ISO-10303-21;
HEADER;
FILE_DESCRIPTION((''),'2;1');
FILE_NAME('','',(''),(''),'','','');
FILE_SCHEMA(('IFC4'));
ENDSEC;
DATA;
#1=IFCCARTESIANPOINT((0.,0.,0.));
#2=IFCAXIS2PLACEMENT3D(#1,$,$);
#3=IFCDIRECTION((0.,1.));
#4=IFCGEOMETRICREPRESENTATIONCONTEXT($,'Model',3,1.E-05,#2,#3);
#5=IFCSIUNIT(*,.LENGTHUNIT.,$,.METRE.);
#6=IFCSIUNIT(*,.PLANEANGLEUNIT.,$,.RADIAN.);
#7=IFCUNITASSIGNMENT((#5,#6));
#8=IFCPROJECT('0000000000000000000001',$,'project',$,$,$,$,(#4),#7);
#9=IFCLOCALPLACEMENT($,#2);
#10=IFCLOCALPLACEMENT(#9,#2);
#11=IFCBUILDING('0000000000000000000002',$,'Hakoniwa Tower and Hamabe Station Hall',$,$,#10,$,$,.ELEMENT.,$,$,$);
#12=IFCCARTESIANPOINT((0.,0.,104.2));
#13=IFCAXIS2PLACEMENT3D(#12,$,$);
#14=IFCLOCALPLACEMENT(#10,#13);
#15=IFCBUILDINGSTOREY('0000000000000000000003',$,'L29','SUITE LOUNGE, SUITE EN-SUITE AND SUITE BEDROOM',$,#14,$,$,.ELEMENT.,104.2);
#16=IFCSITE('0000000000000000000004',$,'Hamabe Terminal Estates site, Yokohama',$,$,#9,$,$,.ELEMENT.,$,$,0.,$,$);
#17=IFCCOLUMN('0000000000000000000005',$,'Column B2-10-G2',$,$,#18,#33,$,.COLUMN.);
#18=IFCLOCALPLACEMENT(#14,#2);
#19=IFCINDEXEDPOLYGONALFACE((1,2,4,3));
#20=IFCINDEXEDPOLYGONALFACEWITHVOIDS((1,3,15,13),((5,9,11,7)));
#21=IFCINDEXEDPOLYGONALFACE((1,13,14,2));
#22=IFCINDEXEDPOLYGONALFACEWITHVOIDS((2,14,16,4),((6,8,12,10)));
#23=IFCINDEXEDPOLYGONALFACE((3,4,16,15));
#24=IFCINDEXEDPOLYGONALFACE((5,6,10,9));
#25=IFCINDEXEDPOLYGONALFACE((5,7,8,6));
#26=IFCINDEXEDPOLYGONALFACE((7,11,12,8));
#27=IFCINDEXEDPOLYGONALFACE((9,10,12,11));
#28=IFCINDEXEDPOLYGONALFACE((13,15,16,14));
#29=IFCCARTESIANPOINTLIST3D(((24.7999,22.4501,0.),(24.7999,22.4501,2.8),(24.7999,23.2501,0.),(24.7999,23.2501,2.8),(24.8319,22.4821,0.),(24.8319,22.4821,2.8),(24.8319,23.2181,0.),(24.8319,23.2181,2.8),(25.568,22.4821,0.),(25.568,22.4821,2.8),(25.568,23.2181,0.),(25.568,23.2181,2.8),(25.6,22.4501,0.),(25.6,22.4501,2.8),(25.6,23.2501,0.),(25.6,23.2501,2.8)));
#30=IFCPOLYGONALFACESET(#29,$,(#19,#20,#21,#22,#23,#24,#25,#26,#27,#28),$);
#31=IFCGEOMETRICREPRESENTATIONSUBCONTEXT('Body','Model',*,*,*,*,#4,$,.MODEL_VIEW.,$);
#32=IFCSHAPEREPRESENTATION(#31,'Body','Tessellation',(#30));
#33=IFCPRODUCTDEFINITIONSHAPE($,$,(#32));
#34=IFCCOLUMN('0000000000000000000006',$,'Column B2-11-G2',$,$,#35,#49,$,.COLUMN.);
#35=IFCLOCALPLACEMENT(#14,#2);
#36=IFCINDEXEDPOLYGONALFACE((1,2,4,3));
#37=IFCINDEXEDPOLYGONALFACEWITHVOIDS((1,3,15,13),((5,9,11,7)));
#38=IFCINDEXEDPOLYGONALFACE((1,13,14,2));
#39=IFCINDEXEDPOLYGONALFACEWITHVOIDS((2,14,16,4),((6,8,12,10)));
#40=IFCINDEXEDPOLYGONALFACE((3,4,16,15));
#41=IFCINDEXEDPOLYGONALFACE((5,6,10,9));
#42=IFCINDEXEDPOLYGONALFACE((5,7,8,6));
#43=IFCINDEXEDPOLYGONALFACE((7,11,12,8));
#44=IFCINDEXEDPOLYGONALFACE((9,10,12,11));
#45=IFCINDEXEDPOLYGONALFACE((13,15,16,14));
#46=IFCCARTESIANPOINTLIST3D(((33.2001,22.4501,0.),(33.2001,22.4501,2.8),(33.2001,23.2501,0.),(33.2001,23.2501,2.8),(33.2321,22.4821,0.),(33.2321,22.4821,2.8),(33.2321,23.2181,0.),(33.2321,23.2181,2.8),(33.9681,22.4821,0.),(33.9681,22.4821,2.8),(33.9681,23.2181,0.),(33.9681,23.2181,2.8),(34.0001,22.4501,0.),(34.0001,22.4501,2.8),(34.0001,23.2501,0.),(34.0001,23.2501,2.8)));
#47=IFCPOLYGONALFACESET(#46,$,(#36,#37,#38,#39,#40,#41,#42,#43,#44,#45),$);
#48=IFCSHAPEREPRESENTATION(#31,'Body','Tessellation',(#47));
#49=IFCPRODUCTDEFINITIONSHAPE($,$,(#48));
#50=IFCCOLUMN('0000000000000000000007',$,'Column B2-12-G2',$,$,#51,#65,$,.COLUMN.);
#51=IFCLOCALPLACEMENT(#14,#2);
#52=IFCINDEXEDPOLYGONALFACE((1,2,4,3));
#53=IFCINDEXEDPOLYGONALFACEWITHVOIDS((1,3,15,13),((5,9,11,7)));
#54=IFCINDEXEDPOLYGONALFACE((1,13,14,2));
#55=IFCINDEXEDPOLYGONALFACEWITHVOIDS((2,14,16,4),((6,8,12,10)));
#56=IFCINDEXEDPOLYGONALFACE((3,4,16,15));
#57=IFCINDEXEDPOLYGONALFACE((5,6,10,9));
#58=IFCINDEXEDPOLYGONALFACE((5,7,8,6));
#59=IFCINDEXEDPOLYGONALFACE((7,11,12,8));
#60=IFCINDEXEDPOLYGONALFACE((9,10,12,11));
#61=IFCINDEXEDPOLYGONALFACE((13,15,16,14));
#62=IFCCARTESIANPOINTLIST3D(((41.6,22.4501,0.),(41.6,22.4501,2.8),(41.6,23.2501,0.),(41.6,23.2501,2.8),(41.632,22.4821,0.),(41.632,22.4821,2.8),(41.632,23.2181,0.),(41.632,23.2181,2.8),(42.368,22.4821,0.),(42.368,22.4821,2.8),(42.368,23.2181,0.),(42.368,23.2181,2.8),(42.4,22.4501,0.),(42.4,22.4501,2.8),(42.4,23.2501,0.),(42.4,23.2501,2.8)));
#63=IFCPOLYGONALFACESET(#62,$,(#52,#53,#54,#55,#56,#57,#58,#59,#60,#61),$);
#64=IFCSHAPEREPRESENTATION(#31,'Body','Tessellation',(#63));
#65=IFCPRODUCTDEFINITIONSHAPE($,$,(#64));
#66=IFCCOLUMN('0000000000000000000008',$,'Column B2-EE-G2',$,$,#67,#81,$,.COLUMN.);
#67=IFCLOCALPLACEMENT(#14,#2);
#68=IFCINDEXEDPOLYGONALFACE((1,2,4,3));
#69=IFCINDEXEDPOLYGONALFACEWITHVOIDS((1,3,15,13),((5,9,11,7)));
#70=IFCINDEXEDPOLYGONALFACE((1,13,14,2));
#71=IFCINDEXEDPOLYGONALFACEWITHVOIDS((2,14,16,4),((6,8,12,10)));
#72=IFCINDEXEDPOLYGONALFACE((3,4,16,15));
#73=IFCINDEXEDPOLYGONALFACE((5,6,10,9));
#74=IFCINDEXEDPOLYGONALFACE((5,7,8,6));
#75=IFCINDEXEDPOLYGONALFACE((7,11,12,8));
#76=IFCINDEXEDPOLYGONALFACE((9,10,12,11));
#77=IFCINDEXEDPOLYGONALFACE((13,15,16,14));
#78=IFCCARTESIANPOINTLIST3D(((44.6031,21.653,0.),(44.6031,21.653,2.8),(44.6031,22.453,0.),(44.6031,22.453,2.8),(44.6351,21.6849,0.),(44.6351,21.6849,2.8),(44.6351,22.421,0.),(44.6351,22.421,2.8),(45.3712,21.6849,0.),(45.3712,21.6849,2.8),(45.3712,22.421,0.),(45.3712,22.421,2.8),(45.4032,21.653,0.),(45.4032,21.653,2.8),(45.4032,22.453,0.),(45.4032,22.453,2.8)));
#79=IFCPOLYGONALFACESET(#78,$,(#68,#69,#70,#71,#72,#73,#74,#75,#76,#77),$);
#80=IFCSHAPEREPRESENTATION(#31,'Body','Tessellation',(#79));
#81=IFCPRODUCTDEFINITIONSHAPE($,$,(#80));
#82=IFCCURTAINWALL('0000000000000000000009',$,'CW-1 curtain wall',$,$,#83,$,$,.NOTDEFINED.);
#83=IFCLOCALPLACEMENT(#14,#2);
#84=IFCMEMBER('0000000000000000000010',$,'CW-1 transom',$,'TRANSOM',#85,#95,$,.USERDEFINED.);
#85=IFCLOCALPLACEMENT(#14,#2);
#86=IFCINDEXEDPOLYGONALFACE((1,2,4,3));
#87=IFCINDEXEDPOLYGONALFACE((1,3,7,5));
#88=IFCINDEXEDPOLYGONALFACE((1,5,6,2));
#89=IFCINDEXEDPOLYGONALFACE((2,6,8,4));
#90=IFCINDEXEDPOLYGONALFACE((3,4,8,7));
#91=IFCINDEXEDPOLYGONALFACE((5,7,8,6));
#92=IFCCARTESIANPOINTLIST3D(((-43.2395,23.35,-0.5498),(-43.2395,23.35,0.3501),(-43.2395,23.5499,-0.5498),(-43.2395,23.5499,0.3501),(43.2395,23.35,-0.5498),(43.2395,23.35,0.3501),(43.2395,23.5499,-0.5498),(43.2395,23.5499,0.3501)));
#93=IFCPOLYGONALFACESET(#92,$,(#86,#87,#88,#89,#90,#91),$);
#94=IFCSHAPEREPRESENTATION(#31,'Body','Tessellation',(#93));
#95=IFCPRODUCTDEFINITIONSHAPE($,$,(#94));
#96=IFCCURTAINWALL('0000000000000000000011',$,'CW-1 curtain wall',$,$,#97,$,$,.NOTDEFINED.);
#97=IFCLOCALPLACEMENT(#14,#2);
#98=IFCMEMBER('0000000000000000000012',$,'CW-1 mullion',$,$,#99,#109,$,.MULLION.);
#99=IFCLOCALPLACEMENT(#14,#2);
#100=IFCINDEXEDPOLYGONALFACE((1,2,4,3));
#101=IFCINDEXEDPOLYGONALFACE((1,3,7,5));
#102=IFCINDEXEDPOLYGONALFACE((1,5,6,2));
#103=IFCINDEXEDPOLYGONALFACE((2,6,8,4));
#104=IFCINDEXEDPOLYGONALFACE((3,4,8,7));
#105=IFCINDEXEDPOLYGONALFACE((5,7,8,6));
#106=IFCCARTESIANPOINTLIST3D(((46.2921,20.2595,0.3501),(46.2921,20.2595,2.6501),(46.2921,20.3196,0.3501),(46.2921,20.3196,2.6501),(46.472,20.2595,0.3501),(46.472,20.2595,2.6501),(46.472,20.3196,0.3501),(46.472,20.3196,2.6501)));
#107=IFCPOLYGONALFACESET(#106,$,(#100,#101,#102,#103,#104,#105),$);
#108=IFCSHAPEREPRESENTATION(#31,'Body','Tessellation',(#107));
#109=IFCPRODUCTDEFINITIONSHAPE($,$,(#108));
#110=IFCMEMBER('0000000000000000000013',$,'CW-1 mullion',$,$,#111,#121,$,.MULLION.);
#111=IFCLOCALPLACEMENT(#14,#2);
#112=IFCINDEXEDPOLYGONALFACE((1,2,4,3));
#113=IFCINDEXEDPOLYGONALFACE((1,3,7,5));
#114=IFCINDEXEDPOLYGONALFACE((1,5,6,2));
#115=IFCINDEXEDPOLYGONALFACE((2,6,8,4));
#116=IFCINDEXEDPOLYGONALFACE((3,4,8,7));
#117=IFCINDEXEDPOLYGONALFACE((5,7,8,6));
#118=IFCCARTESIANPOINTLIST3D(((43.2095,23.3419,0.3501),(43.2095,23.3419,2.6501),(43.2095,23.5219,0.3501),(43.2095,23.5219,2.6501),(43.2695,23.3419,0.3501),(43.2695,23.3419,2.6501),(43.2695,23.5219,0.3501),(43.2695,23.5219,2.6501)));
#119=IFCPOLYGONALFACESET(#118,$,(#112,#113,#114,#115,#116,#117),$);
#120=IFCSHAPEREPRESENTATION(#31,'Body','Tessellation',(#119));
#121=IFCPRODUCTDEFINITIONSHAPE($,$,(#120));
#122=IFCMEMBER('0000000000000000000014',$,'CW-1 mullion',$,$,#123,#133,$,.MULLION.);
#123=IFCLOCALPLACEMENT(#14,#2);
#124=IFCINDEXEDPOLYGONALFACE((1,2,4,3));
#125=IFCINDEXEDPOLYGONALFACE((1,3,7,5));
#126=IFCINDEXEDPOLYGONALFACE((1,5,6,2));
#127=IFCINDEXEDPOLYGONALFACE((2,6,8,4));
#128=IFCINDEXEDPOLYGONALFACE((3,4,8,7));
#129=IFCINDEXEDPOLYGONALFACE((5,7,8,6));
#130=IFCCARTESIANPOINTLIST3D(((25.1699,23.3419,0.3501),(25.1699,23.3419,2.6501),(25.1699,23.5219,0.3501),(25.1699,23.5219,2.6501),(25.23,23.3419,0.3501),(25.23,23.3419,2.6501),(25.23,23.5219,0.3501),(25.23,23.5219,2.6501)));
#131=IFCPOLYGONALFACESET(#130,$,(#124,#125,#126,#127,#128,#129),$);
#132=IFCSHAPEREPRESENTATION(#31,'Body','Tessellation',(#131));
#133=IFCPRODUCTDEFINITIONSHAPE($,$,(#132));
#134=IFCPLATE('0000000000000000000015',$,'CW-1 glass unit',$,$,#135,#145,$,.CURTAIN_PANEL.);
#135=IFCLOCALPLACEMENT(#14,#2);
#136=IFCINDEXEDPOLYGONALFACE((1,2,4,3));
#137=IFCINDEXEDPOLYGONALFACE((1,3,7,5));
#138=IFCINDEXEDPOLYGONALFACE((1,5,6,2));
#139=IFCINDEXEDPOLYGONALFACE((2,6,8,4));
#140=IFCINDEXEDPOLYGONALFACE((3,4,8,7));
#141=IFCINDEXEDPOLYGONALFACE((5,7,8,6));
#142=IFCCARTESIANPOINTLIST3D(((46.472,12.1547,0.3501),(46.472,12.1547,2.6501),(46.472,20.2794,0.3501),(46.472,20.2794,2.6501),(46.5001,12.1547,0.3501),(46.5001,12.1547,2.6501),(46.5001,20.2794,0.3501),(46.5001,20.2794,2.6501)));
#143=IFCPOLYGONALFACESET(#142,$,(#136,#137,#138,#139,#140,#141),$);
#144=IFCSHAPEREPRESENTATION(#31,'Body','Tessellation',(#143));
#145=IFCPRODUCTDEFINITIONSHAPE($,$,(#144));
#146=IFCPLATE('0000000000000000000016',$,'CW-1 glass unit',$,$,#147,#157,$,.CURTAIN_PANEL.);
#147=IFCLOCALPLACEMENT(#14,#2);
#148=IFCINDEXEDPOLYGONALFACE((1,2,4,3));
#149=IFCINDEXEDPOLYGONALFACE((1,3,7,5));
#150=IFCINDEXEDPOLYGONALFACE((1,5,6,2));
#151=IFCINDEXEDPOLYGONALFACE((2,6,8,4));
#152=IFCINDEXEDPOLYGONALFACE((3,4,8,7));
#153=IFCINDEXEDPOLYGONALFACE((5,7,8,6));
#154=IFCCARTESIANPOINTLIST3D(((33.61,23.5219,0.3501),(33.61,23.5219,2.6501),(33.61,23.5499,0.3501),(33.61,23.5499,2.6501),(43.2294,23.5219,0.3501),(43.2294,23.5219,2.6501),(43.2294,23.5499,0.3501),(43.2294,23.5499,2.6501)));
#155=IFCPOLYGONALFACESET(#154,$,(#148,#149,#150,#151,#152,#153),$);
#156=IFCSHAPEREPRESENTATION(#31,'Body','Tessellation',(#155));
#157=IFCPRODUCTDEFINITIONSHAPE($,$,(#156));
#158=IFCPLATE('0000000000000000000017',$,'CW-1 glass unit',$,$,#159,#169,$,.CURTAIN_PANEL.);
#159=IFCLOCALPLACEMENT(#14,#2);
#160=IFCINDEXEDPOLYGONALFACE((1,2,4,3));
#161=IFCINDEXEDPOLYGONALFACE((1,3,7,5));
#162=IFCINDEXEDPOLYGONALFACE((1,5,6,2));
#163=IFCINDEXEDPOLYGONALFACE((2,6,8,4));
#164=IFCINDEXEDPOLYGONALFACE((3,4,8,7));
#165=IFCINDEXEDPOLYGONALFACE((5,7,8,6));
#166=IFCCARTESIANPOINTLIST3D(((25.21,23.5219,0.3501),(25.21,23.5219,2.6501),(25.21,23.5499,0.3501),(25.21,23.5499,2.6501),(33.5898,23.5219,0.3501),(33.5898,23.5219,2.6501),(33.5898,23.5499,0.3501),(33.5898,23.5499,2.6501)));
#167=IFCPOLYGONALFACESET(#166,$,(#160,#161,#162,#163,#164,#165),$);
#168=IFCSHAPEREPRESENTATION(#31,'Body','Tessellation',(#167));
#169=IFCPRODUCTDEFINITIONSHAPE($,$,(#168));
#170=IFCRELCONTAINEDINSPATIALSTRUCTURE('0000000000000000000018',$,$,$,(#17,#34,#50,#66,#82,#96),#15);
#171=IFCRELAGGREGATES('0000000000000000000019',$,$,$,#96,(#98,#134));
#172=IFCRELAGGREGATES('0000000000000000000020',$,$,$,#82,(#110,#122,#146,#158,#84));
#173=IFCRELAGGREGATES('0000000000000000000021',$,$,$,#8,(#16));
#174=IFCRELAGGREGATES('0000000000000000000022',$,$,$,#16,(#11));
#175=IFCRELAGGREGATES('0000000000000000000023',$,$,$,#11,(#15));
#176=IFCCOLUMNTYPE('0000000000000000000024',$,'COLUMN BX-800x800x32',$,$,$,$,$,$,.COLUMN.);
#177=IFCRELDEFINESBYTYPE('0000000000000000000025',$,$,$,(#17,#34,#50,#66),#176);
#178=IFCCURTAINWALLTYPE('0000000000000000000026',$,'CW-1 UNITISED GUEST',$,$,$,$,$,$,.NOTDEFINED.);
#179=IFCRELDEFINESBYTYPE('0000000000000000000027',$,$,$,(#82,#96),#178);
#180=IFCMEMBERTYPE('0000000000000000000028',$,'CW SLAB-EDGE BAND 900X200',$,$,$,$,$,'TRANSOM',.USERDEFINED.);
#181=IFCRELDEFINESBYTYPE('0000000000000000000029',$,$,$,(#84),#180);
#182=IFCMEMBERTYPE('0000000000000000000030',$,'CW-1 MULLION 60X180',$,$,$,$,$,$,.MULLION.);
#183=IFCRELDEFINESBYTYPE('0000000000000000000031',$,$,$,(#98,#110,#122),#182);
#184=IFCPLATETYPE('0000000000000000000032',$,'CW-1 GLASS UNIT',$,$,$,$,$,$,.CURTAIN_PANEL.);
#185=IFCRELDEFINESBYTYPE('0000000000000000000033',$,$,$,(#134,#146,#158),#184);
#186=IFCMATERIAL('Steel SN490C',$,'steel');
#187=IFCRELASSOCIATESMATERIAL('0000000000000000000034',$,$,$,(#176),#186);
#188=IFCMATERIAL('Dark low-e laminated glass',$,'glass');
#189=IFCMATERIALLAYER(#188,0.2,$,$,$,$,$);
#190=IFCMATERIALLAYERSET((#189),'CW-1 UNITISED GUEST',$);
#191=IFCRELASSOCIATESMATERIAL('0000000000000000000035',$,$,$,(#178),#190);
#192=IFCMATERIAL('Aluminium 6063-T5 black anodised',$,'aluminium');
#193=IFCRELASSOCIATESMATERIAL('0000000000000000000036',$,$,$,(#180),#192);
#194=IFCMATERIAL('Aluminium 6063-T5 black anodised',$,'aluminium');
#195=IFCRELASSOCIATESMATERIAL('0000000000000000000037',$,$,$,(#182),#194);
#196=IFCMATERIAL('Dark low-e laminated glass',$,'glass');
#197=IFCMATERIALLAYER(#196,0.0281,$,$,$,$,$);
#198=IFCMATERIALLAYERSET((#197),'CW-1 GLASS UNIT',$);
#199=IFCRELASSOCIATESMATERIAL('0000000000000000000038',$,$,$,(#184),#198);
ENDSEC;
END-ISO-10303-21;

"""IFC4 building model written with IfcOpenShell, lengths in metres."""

from ifc_helpers import new_model, si_unit, direction, frame, origin, origin_2d, place, context, subcontext, project, spatial, rectangle, hollow_rectangle, extrude, material, layer, layer_set, material_profile, profile_set, type_object, element, aggregate, save


model = new_model("IFC4")

# Units and contexts
model_context = context("Model", 3, precision=1e-05, world=origin(), true_north=direction((0.0, 1.0)))
body_context = subcontext(model_context, "Body", "Model", "MODEL_VIEW")
ifc_project = project(units=[si_unit("LENGTHUNIT", "METRE"), si_unit("PLANEANGLEUNIT", "RADIAN")], contexts=[model_context])

# Site, building, storey
site_placement = place(None, origin())
site = spatial("IfcSite", under=ifc_project, at=site_placement, Name="Hamabe Terminal Estates site, Yokohama", CompositionType="ELEMENT", RefElevation=0.0)
building_placement = place(site_placement, origin())
building = spatial("IfcBuilding", under=site, at=building_placement, Name="Hakoniwa Tower and Hamabe Station Hall", CompositionType="ELEMENT")
storey_placement = place(building_placement, frame((0.0, 0.0, 104.2)))
storey = spatial("IfcBuildingStorey", under=building, at=storey_placement, Name="L29", Description="SUITE LOUNGE, SUITE EN-SUITE AND SUITE BEDROOM", CompositionType="ELEMENT", Elevation=104.2)

# Columns
ifc_material_1 = material(Name="Steel SN490C", Category="steel")
ifc_material_profile_1 = material_profile(ifc_material_1, hollow_rectangle(XDim=0.8, YDim=0.8, WallThickness=0.032, at=origin_2d()), Name="BX-800x800x32")
ifc_profile_set_1 = profile_set([ifc_material_profile_1], Name="Steel SN490C")
column_type = type_object("IfcColumnType", Name="COLUMN BX-800x800x32", PredefinedType="COLUMN", material=ifc_profile_set_1)
for number, where, z_axis, x_axis, name in (
    (1, (25.2, 22.8501, 0.0), (0.0, 0.0, 1.0), (1.0, 0.0, 0.0), "Column B2-10-G2"),
    (2, (33.6001, 22.8501, 0.0), (0.0, 0.0, 1.0), (1.0, 0.0, 0.0), "Column B2-11-G2"),
    (3, (42.0, 22.8501, 0.0), (0.0, 0.0, 1.0), (1.0, 0.0, 0.0), "Column B2-12-G2"),
    (4, (45.0032, 22.053, 0.0), (0.0, 0.0, 1.0), (1.0, 0.0, 0.0), "Column B2-EE-G2"),
):
    element("IfcColumn", number, at=place(storey_placement, frame(where, z_axis=z_axis, x_axis=x_axis)), inside=storey, type_object=column_type, Name=name, PredefinedType="COLUMN", context=body_context, shape_type="SweptSolid", body=[
        extrude(hollow_rectangle(XDim=0.8, YDim=0.8, WallThickness=0.032, at=origin_2d()), origin(), (0.0, 0.0, 1.0), 2.8),
    ])

# Curtain walls, members
ifc_material_2 = material(Name="Dark low-e laminated glass", Category="glass")
ifc_layer_1 = layer(ifc_material_2, 0.2)
ifc_layer_set_1 = layer_set([ifc_layer_1], Name="CW-1 UNITISED GUEST")
curtain_wall_type = type_object("IfcCurtainWallType", Name="CW-1 UNITISED GUEST", PredefinedType="NOTDEFINED", material=ifc_layer_set_1)
curtain_wall_1_placement = place(storey_placement, origin())
curtain_wall_1 = element("IfcCurtainWall", 5, at=curtain_wall_1_placement, inside=storey, type_object=curtain_wall_type, Name="CW-1 curtain wall", PredefinedType="NOTDEFINED")
ifc_material_3 = material(Name="Aluminium 6063-T5 black anodised", Category="aluminium")
ifc_material_profile_2 = material_profile(ifc_material_3, rectangle(XDim=0.2, YDim=0.8999, at=origin_2d()), Name="CW SLAB-EDGE BAND 900X200")
ifc_profile_set_2 = profile_set([ifc_material_profile_2], Name="Aluminium 6063-T5 black anodised")
member_type_1 = type_object("IfcMemberType", Name="CW SLAB-EDGE BAND 900X200", ElementType="TRANSOM", PredefinedType="USERDEFINED", material=ifc_profile_set_2)
member_1_placement = place(storey_placement, frame((43.2395, 23.45, -0.0999), z_axis=(-1.0, 0.0, 0.0), x_axis=(0.0, -1.0, 0.0)))
member_1 = element("IfcMember", 6, at=member_1_placement, type_object=member_type_1, Name="CW-1 transom", ObjectType="TRANSOM", PredefinedType="USERDEFINED", context=body_context, shape_type="SweptSolid", body=[
    extrude(rectangle(XDim=0.2, YDim=0.8999, at=origin_2d()), origin(), (0.0, 0.0, 1.0), 86.479),
])
curtain_wall_2_placement = place(storey_placement, origin())
curtain_wall_2 = element("IfcCurtainWall", 7, at=curtain_wall_2_placement, inside=storey, type_object=curtain_wall_type, Name="CW-1 curtain wall", PredefinedType="NOTDEFINED")
ifc_material_4 = material(Name="Aluminium 6063-T5 black anodised", Category="aluminium")
ifc_material_profile_3 = material_profile(ifc_material_4, rectangle(XDim=0.0601, YDim=0.1799, at=origin_2d()), Name="CW-1 MULLION 60X180")
ifc_profile_set_3 = profile_set([ifc_material_profile_3], Name="Aluminium 6063-T5 black anodised")
member_type_2 = type_object("IfcMemberType", Name="CW-1 MULLION 60X180", PredefinedType="MULLION", material=ifc_profile_set_3)
member_2_placement = place(storey_placement, frame((46.3821, 20.2896, 0.3501), z_axis=(0.0, 0.0, 1.0), x_axis=(0.0, 1.0, 0.0)))
member_2 = element("IfcMember", 8, at=member_2_placement, type_object=member_type_2, Name="CW-1 mullion", PredefinedType="MULLION", context=body_context, shape_type="SweptSolid", body=[
    extrude(rectangle(XDim=0.0601, YDim=0.1799, at=origin_2d()), origin(), (0.0, 0.0, 1.0), 2.3),
])

# Members
member_3_placement = place(storey_placement, frame((43.2395, 23.4319, 0.3501), z_axis=(0.0, 0.0, 1.0), x_axis=(-1.0, 0.0, 0.0)))
member_3 = element("IfcMember", 9, at=member_3_placement, type_object=member_type_2, Name="CW-1 mullion", PredefinedType="MULLION", context=body_context, shape_type="SweptSolid", body=[
    extrude(rectangle(XDim=0.0601, YDim=0.1799, at=origin_2d()), origin(), (0.0, 0.0, 1.0), 2.3),
])
member_4_placement = place(storey_placement, frame((25.2, 23.4319, 0.3501), z_axis=(0.0, 0.0, 1.0), x_axis=(-1.0, 0.0, 0.0)))
member_4 = element("IfcMember", 10, at=member_4_placement, type_object=member_type_2, Name="CW-1 mullion", PredefinedType="MULLION", context=body_context, shape_type="SweptSolid", body=[
    extrude(rectangle(XDim=0.0601, YDim=0.1799, at=origin_2d()), origin(), (0.0, 0.0, 1.0), 2.3),
])

# Plates
ifc_material_5 = material(Name="Dark low-e laminated glass", Category="glass")
ifc_layer_2 = layer(ifc_material_5, 0.0281)
ifc_layer_set_2 = layer_set([ifc_layer_2], Name="CW-1 GLASS UNIT")
plate_type = type_object("IfcPlateType", Name="CW-1 GLASS UNIT", PredefinedType="CURTAIN_PANEL", material=ifc_layer_set_2)
plate_1_placement = place(storey_placement, frame((46.4861, 16.217, 0.3501), z_axis=(0.0, 0.0, 1.0), x_axis=(0.0, 1.0, 0.0)))
plate_1 = element("IfcPlate", 11, at=plate_1_placement, type_object=plate_type, Name="CW-1 glass unit", PredefinedType="CURTAIN_PANEL", context=body_context, shape_type="SweptSolid", body=[
    extrude(rectangle(XDim=8.1248, YDim=0.0281, at=origin_2d()), origin(), (0.0, 0.0, 1.0), 2.3),
])
aggregate(curtain_wall_2, [member_2, plate_1])
plate_2_placement = place(storey_placement, frame((38.4197, 23.5359, 0.3501), z_axis=(0.0, 0.0, 1.0), x_axis=(-1.0, 0.0, 0.0)))
plate_2 = element("IfcPlate", 12, at=plate_2_placement, type_object=plate_type, Name="CW-1 glass unit", PredefinedType="CURTAIN_PANEL", context=body_context, shape_type="SweptSolid", body=[
    extrude(rectangle(XDim=9.6194, YDim=0.0281, at=origin_2d()), origin(), (0.0, 0.0, 1.0), 2.3),
])
plate_3_placement = place(storey_placement, frame((29.3999, 23.5359, 0.3501), z_axis=(0.0, 0.0, 1.0), x_axis=(-1.0, 0.0, 0.0)))
plate_3 = element("IfcPlate", 13, at=plate_3_placement, type_object=plate_type, Name="CW-1 glass unit", PredefinedType="CURTAIN_PANEL", context=body_context, shape_type="SweptSolid", body=[
    extrude(rectangle(XDim=8.3799, YDim=0.0281, at=origin_2d()), origin(), (0.0, 0.0, 1.0), 2.3),
])
aggregate(curtain_wall_1, [member_3, member_4, plate_2, plate_3, member_1])

save(model, "model.ifc")
